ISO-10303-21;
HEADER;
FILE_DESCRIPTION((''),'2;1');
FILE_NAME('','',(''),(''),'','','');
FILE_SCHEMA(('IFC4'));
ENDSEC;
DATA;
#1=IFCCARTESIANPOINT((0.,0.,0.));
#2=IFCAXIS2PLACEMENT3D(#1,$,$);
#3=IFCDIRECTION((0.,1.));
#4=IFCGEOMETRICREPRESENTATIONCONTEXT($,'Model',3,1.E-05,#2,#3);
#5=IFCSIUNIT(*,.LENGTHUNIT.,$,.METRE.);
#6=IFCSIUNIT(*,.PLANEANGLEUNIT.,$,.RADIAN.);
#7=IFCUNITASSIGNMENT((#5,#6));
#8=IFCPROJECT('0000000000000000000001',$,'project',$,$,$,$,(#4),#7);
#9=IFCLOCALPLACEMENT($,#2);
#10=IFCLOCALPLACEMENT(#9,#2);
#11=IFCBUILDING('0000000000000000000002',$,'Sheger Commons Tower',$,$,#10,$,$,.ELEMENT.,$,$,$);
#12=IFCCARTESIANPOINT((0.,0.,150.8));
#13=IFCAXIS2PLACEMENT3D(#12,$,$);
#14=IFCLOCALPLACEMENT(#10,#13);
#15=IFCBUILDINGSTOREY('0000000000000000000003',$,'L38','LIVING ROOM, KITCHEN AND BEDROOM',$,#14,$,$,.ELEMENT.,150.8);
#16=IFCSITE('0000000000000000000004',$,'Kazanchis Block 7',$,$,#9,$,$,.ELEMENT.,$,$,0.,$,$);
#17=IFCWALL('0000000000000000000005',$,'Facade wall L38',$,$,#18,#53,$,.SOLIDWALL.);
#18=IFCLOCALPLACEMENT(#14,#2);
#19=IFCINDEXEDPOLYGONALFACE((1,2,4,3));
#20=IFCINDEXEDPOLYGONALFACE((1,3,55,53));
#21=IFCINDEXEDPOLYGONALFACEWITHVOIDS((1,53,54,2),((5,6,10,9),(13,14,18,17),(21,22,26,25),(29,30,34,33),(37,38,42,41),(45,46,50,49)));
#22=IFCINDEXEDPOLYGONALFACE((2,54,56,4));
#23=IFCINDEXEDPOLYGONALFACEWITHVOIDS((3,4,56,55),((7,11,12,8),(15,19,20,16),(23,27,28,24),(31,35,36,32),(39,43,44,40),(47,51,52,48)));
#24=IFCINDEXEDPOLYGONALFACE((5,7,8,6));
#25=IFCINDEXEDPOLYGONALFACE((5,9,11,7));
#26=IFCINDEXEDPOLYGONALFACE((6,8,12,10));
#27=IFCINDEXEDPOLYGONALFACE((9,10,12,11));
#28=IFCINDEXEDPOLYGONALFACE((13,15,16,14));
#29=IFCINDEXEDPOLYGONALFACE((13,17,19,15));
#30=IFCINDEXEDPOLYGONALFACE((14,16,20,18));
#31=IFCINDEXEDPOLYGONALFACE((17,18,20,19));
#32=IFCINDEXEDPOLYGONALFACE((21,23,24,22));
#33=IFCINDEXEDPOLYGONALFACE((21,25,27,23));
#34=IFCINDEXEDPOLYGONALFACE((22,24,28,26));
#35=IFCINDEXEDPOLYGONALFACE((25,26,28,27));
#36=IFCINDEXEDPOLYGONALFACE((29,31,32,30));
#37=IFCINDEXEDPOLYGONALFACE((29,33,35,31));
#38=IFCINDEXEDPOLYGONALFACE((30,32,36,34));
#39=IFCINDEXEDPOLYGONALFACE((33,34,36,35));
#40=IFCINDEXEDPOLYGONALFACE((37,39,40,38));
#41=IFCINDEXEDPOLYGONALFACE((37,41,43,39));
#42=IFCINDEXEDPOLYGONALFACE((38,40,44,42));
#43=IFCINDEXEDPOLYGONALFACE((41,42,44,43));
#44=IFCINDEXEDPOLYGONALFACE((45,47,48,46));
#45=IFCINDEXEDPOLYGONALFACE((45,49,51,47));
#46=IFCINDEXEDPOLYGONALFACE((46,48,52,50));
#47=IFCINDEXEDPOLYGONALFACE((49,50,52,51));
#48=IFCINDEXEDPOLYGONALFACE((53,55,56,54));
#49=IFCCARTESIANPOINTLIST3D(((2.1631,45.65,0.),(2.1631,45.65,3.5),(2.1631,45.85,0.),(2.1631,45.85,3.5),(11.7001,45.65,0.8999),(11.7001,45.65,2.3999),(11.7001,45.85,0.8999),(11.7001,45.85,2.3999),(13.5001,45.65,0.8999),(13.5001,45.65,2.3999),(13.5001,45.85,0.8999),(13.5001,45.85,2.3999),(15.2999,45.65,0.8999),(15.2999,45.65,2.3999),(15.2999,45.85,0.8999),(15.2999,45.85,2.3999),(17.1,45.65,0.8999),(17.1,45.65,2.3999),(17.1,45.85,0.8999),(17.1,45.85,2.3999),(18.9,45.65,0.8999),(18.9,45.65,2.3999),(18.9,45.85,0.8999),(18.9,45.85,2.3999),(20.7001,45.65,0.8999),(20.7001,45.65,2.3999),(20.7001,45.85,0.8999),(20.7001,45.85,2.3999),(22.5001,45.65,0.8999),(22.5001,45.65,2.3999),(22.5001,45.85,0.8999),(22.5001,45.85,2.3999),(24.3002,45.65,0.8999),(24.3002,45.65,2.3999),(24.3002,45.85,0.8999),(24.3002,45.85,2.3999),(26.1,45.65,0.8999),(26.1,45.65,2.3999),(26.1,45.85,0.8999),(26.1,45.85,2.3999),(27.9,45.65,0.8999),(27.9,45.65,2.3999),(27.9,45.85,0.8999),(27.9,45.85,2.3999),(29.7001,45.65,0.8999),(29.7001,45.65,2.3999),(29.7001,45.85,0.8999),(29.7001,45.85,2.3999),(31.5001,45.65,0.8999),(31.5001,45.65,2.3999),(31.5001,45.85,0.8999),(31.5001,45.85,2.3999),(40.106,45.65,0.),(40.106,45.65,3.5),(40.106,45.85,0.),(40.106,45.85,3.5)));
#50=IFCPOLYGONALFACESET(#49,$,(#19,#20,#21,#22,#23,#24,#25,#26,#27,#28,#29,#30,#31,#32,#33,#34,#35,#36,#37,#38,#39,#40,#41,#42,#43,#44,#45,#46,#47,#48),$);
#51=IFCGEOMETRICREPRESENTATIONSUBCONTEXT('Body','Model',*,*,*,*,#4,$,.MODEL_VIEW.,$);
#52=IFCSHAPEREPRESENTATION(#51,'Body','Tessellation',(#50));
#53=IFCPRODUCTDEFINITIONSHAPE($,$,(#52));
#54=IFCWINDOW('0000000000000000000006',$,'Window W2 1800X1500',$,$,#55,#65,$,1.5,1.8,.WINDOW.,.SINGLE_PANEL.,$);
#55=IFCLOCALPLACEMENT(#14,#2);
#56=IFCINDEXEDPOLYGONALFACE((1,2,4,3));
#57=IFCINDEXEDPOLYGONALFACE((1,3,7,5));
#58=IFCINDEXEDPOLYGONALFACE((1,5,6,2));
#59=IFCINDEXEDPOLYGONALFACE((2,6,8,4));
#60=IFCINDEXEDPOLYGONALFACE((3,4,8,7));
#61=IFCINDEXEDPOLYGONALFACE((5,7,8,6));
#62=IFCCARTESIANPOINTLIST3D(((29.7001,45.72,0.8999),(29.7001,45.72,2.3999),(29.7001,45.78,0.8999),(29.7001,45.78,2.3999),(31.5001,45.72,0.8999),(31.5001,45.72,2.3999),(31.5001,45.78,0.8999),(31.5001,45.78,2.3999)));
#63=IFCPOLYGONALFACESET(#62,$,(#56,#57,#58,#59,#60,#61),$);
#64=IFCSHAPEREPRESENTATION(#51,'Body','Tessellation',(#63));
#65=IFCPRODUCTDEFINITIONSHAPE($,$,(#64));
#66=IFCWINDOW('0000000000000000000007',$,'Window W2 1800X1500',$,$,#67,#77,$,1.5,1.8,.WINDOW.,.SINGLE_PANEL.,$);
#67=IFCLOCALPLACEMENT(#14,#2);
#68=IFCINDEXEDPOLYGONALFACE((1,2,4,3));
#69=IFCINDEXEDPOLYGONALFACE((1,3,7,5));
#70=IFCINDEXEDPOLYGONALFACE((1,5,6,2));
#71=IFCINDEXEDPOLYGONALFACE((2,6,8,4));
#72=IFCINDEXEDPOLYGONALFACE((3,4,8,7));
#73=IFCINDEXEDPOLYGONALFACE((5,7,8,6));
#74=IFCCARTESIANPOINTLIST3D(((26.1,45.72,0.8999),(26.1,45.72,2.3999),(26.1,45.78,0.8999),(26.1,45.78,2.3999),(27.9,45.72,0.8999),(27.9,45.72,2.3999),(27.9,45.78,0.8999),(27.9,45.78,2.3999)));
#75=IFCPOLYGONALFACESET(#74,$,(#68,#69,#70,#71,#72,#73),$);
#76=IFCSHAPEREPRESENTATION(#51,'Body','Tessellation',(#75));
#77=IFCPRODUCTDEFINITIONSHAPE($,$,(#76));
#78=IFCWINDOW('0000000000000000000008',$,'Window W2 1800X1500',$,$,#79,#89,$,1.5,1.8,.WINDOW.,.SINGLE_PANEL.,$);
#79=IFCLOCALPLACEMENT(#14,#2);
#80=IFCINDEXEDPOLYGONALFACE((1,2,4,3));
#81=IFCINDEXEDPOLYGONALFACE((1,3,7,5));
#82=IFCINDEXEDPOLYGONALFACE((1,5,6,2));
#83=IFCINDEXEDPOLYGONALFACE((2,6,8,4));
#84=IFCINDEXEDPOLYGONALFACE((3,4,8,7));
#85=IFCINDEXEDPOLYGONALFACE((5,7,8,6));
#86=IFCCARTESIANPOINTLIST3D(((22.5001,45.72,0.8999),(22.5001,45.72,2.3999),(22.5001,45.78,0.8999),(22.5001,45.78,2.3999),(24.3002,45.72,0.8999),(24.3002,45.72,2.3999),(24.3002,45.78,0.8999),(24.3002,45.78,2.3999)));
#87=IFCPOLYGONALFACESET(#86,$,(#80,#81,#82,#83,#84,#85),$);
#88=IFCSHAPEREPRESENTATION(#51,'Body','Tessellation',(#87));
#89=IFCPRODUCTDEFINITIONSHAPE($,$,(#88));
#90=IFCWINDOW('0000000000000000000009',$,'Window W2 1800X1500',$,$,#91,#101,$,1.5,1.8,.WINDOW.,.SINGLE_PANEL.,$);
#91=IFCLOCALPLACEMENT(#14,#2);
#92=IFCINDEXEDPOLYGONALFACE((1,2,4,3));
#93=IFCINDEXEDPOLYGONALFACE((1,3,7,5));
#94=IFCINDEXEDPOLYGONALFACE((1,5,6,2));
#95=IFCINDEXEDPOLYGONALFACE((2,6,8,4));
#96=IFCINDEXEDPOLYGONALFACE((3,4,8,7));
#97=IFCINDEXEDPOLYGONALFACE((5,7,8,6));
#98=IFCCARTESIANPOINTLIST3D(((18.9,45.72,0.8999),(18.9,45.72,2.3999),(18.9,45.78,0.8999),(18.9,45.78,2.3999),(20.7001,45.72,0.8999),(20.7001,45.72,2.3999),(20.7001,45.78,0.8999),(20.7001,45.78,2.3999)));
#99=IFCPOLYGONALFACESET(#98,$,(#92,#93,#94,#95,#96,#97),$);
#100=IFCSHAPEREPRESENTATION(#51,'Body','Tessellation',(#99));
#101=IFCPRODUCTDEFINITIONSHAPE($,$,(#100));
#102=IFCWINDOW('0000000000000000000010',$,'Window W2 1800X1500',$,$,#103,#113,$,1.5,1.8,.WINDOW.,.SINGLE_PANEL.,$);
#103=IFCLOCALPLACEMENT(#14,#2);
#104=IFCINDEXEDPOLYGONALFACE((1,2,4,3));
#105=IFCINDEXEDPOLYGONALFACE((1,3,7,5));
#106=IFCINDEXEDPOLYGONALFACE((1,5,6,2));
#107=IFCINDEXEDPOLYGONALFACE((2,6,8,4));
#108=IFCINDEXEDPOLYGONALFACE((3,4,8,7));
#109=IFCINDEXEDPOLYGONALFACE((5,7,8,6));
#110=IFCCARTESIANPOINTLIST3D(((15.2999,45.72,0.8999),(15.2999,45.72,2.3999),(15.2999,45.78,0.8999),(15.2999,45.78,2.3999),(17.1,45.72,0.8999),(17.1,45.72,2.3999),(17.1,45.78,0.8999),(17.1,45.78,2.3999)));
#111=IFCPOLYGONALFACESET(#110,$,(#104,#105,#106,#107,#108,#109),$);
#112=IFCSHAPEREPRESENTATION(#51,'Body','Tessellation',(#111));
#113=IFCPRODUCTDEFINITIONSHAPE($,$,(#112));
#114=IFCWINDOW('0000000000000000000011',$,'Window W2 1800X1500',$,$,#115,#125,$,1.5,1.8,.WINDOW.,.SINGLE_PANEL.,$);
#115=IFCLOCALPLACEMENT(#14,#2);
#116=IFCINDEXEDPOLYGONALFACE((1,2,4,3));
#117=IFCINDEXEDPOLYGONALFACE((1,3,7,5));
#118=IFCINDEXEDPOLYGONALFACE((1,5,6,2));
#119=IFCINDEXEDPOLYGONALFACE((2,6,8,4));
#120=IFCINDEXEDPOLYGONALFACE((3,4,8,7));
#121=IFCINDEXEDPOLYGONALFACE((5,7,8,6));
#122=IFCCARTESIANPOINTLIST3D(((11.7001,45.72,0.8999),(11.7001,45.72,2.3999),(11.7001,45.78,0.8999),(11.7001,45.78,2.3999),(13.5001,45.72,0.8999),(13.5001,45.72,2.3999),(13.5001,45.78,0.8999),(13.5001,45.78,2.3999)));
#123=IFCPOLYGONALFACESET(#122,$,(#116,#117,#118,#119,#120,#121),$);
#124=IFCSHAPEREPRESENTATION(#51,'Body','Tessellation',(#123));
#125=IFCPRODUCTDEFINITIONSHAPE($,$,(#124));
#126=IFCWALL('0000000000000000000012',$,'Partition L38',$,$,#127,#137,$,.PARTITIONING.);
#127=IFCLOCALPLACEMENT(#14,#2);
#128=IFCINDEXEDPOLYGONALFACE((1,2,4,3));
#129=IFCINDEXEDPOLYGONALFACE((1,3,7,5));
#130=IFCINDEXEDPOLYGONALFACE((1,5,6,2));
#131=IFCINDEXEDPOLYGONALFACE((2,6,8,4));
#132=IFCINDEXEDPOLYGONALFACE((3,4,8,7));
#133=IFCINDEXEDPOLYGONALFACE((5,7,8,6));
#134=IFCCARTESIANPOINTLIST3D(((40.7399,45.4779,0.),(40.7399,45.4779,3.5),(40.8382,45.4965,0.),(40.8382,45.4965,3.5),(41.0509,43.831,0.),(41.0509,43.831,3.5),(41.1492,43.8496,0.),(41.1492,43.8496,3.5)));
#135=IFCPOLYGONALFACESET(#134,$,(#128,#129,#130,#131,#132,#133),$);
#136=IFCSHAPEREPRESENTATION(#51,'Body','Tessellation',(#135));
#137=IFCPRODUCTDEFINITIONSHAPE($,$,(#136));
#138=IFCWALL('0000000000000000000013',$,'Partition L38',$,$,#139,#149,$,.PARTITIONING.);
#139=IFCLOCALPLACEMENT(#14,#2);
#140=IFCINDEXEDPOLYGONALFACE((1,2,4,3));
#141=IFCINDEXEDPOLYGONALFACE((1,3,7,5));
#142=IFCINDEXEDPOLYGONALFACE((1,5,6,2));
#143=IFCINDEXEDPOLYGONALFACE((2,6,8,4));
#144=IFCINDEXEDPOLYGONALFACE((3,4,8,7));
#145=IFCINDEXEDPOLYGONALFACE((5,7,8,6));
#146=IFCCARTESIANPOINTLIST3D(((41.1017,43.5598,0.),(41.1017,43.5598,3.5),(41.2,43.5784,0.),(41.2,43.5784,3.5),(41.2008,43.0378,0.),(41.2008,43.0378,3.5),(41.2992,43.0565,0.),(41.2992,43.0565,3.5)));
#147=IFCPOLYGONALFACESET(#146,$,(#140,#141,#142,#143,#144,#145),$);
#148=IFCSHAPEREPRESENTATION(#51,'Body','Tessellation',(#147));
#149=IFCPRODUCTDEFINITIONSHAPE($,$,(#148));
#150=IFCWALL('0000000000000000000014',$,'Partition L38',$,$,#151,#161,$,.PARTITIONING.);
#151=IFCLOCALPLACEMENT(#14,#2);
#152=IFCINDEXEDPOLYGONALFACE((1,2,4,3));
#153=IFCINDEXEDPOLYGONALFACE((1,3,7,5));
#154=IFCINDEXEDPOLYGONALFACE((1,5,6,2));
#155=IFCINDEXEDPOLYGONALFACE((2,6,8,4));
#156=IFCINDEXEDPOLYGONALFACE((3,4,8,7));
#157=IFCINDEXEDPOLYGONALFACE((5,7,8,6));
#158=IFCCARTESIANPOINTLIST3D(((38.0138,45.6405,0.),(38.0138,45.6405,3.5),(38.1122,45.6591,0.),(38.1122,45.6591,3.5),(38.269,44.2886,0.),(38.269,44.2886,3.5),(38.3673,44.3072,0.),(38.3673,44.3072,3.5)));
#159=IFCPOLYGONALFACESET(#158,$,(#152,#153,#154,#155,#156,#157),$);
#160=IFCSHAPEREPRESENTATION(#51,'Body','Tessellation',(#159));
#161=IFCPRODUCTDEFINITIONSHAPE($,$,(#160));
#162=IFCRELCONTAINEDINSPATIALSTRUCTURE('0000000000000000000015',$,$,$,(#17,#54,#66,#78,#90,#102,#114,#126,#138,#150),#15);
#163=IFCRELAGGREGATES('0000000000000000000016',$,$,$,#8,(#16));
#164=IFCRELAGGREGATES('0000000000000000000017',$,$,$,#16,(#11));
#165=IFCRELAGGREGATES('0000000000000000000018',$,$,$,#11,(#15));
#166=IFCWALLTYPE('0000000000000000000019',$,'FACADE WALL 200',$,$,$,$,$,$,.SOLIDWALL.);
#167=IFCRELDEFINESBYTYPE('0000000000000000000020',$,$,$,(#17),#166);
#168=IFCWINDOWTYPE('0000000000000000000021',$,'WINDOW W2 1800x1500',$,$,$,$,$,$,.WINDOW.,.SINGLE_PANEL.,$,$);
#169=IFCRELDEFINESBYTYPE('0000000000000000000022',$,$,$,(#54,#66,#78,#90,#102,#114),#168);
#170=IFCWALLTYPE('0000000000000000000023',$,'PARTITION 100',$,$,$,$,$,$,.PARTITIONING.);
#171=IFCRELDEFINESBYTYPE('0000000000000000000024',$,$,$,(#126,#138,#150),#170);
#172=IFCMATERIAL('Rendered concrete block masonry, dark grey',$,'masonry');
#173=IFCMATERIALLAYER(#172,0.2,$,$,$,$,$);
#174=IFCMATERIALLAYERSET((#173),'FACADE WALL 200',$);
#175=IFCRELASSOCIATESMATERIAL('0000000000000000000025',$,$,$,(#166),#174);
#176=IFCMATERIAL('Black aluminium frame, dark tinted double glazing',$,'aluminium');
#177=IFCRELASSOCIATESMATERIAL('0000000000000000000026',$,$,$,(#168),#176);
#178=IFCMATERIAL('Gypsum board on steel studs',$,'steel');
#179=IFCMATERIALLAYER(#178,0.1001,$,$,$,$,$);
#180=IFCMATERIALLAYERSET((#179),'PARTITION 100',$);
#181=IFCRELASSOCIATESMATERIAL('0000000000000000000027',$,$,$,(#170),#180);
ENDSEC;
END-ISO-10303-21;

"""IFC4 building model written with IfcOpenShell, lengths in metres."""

from ifc_helpers import new_model, si_unit, direction, frame, frame_2d, origin, place, context, subcontext, project, spatial, rectangle, extrude, material, layer, layer_set, type_object, element, fill, save


model = new_model("IFC4")

# Units and contexts
model_context = context("Model", 3, precision=1e-05, world=origin(), true_north=direction((0.0, 1.0)))
body_context = subcontext(model_context, "Body", "Model", "MODEL_VIEW")
ifc_project = project(units=[si_unit("LENGTHUNIT", "METRE"), si_unit("PLANEANGLEUNIT", "RADIAN")], contexts=[model_context])

# Site, building, storey
site_placement = place(None, origin())
site = spatial("IfcSite", under=ifc_project, at=site_placement, Name="Kazanchis Block 7", CompositionType="ELEMENT", RefElevation=0.0)
building_placement = place(site_placement, origin())
building = spatial("IfcBuilding", under=site, at=building_placement, Name="Sheger Commons Tower", CompositionType="ELEMENT")
storey_placement = place(building_placement, frame((0.0, 0.0, 150.8)))
storey = spatial("IfcBuildingStorey", under=building, at=storey_placement, Name="L38", Description="LIVING ROOM, KITCHEN AND BEDROOM", CompositionType="ELEMENT", Elevation=150.8)

# Shared definitions
ifc_material_1 = material(Name="Rendered concrete block masonry, dark grey", Category="masonry")
ifc_layer_1 = layer(ifc_material_1, 0.2)
ifc_layer_set_1 = layer_set([ifc_layer_1], Name="FACADE WALL 200")
wall_type_1 = type_object("IfcWallType", Name="FACADE WALL 200", PredefinedType="SOLIDWALL", material=ifc_layer_set_1)

# Wall, openings, windows
wall_1_placement = place(storey_placement, frame((40.106, 45.75, 0.0), z_axis=(0.0, 0.0, 1.0), x_axis=(-1.0, 0.0, 0.0)))
wall_1 = element("IfcWall", 1, at=wall_1_placement, inside=storey, type_object=wall_type_1, Name="Facade wall L38", PredefinedType="SOLIDWALL", context=body_context, shape_type="SweptSolid", body=[
    extrude(rectangle(XDim=37.9429, YDim=0.2, at=frame_2d((18.9714, 0.0))), origin(), (0.0, 0.0, 1.0), 3.5),
])
opening_1_placement = place(wall_1_placement, frame((8.606, 0.0, 0.8999)))
opening_1 = element("IfcOpeningElement", 2, at=opening_1_placement, cuts=wall_1, PredefinedType="OPENING", context=body_context, shape_type="SweptSolid", body=[
    extrude(rectangle(XDim=1.8, YDim=1.5, at=frame_2d((0.8999, 0.75))), frame((0.0, 0.1099, 0.0), z_axis=(0.0, -1.0, 0.0), x_axis=(1.0, 0.0, 0.0)), (0.0, 0.0, 1.0), 0.22),
])
opening_2_placement = place(wall_1_placement, frame((12.2061, 0.0, 0.8999)))
opening_2 = element("IfcOpeningElement", 3, at=opening_2_placement, cuts=wall_1, PredefinedType="OPENING", context=body_context, shape_type="SweptSolid", body=[
    extrude(rectangle(XDim=1.8, YDim=1.5, at=frame_2d((0.8999, 0.75))), frame((0.0, 0.1099, 0.0), z_axis=(0.0, -1.0, 0.0), x_axis=(1.0, 0.0, 0.0)), (0.0, 0.0, 1.0), 0.22),
])
opening_3_placement = place(wall_1_placement, frame((15.8059, 0.0, 0.8999)))
opening_3 = element("IfcOpeningElement", 4, at=opening_3_placement, cuts=wall_1, PredefinedType="OPENING", context=body_context, shape_type="SweptSolid", body=[
    extrude(rectangle(XDim=1.8, YDim=1.5, at=frame_2d((0.8999, 0.75))), frame((0.0, 0.1099, 0.0), z_axis=(0.0, -1.0, 0.0), x_axis=(1.0, 0.0, 0.0)), (0.0, 0.0, 1.0), 0.22),
])
opening_4_placement = place(wall_1_placement, frame((19.406, 0.0, 0.8999)))
opening_4 = element("IfcOpeningElement", 5, at=opening_4_placement, cuts=wall_1, PredefinedType="OPENING", context=body_context, shape_type="SweptSolid", body=[
    extrude(rectangle(XDim=1.8, YDim=1.5, at=frame_2d((0.8999, 0.75))), frame((0.0, 0.1099, 0.0), z_axis=(0.0, -1.0, 0.0), x_axis=(1.0, 0.0, 0.0)), (0.0, 0.0, 1.0), 0.22),
])
opening_5_placement = place(wall_1_placement, frame((23.0061, 0.0, 0.8999)))
opening_5 = element("IfcOpeningElement", 6, at=opening_5_placement, cuts=wall_1, PredefinedType="OPENING", context=body_context, shape_type="SweptSolid", body=[
    extrude(rectangle(XDim=1.8, YDim=1.5, at=frame_2d((0.8999, 0.75))), frame((0.0, 0.1099, 0.0), z_axis=(0.0, -1.0, 0.0), x_axis=(1.0, 0.0, 0.0)), (0.0, 0.0, 1.0), 0.22),
])
opening_6_placement = place(wall_1_placement, frame((26.606, 0.0, 0.8999)))
opening_6 = element("IfcOpeningElement", 7, at=opening_6_placement, cuts=wall_1, PredefinedType="OPENING", context=body_context, shape_type="SweptSolid", body=[
    extrude(rectangle(XDim=1.8, YDim=1.5, at=frame_2d((0.8999, 0.75))), frame((0.0, 0.1099, 0.0), z_axis=(0.0, -1.0, 0.0), x_axis=(1.0, 0.0, 0.0)), (0.0, 0.0, 1.0), 0.22),
])
ifc_material_2 = material(Name="Black aluminium frame, dark tinted double glazing", Category="aluminium")
window_type = type_object("IfcWindowType", Name="WINDOW W2 1800x1500", PartitioningType="SINGLE_PANEL", PredefinedType="WINDOW", material=ifc_material_2)
window_1_placement = place(opening_1_placement, origin())
window_1 = element("IfcWindow", 8, at=window_1_placement, inside=storey, type_object=window_type, Name="Window W2 1800X1500", OverallHeight=1.5, OverallWidth=1.8, PartitioningType="SINGLE_PANEL", PredefinedType="WINDOW", context=body_context, shape_type="SweptSolid", body=[
    extrude(rectangle(XDim=1.8, YDim=1.5, at=frame_2d((0.8999, 0.75))), frame((0.0, 0.03, 0.0), z_axis=(0.0, -1.0, 0.0), x_axis=(1.0, 0.0, 0.0)), (0.0, 0.0, 1.0), 0.0601),
])
fill(opening_1, window_1)
window_2_placement = place(opening_2_placement, origin())
window_2 = element("IfcWindow", 9, at=window_2_placement, inside=storey, type_object=window_type, Name="Window W2 1800X1500", OverallHeight=1.5, OverallWidth=1.8, PartitioningType="SINGLE_PANEL", PredefinedType="WINDOW", context=body_context, shape_type="SweptSolid", body=[
    extrude(rectangle(XDim=1.8, YDim=1.5, at=frame_2d((0.8999, 0.75))), frame((0.0, 0.03, 0.0), z_axis=(0.0, -1.0, 0.0), x_axis=(1.0, 0.0, 0.0)), (0.0, 0.0, 1.0), 0.0601),
])
fill(opening_2, window_2)
window_3_placement = place(opening_3_placement, origin())
window_3 = element("IfcWindow", 10, at=window_3_placement, inside=storey, type_object=window_type, Name="Window W2 1800X1500", OverallHeight=1.5, OverallWidth=1.8, PartitioningType="SINGLE_PANEL", PredefinedType="WINDOW", context=body_context, shape_type="SweptSolid", body=[
    extrude(rectangle(XDim=1.8, YDim=1.5, at=frame_2d((0.8999, 0.75))), frame((0.0, 0.03, 0.0), z_axis=(0.0, -1.0, 0.0), x_axis=(1.0, 0.0, 0.0)), (0.0, 0.0, 1.0), 0.0601),
])
fill(opening_3, window_3)
window_4_placement = place(opening_4_placement, origin())
window_4 = element("IfcWindow", 11, at=window_4_placement, inside=storey, type_object=window_type, Name="Window W2 1800X1500", OverallHeight=1.5, OverallWidth=1.8, PartitioningType="SINGLE_PANEL", PredefinedType="WINDOW", context=body_context, shape_type="SweptSolid", body=[
    extrude(rectangle(XDim=1.8, YDim=1.5, at=frame_2d((0.8999, 0.75))), frame((0.0, 0.03, 0.0), z_axis=(0.0, -1.0, 0.0), x_axis=(1.0, 0.0, 0.0)), (0.0, 0.0, 1.0), 0.0601),
])
fill(opening_4, window_4)
window_5_placement = place(opening_5_placement, origin())
window_5 = element("IfcWindow", 12, at=window_5_placement, inside=storey, type_object=window_type, Name="Window W2 1800X1500", OverallHeight=1.5, OverallWidth=1.8, PartitioningType="SINGLE_PANEL", PredefinedType="WINDOW", context=body_context, shape_type="SweptSolid", body=[
    extrude(rectangle(XDim=1.8, YDim=1.5, at=frame_2d((0.8999, 0.75))), frame((0.0, 0.03, 0.0), z_axis=(0.0, -1.0, 0.0), x_axis=(1.0, 0.0, 0.0)), (0.0, 0.0, 1.0), 0.0601),
])
fill(opening_5, window_5)
window_6_placement = place(opening_6_placement, origin())
window_6 = element("IfcWindow", 13, at=window_6_placement, inside=storey, type_object=window_type, Name="Window W2 1800X1500", OverallHeight=1.5, OverallWidth=1.8, PartitioningType="SINGLE_PANEL", PredefinedType="WINDOW", context=body_context, shape_type="SweptSolid", body=[
    extrude(rectangle(XDim=1.8, YDim=1.5, at=frame_2d((0.8999, 0.75))), frame((0.0, 0.03, 0.0), z_axis=(0.0, -1.0, 0.0), x_axis=(1.0, 0.0, 0.0)), (0.0, 0.0, 1.0), 0.0601),
])
fill(opening_6, window_6)

# Walls
ifc_material_3 = material(Name="Gypsum board on steel studs", Category="steel")
ifc_layer_2 = layer(ifc_material_3, 0.1001)
ifc_layer_set_2 = layer_set([ifc_layer_2], Name="PARTITION 100")
wall_type_2 = type_object("IfcWallType", Name="PARTITION 100", PredefinedType="PARTITIONING", material=ifc_layer_set_2)
wall_2_placement = place(storey_placement, frame((40.7891, 45.4871, 0.0), z_axis=(0.0, 0.0, 1.0), x_axis=(0.185572, -0.982631, 0.0)))
element("IfcWall", 14, at=wall_2_placement, inside=storey, type_object=wall_type_2, Name="Partition L38", PredefinedType="PARTITIONING", context=body_context, shape_type="SweptSolid", body=[
    extrude(rectangle(XDim=1.676, YDim=0.1001, at=frame_2d((0.8379, 0.0))), origin(), (0.0, 0.0, 1.0), 3.5),
])
wall_3_placement = place(storey_placement, frame((41.1509, 43.5691, 0.0), z_axis=(0.0, 0.0, 1.0), x_axis=(0.186563, -0.982443, 0.0)))
element("IfcWall", 15, at=wall_3_placement, inside=storey, type_object=wall_type_2, Name="Partition L38", PredefinedType="PARTITIONING", context=body_context, shape_type="SweptSolid", body=[
    extrude(rectangle(XDim=0.5312, YDim=0.1001, at=frame_2d((0.2656, 0.0))), origin(), (0.0, 0.0, 1.0), 3.5),
])
wall_4_placement = place(storey_placement, frame((38.063, 45.6499, 0.0), z_axis=(0.0, 0.0, 1.0), x_axis=(0.185456, -0.982653, 0.0)))
element("IfcWall", 16, at=wall_4_placement, inside=storey, type_object=wall_type_2, Name="Partition L38", PredefinedType="PARTITIONING", context=body_context, shape_type="SweptSolid", body=[
    extrude(rectangle(XDim=1.3757, YDim=0.1001, at=frame_2d((0.688, 0.0))), origin(), (0.0, 0.0, 1.0), 3.5),
])

save(model, "model.ifc")
